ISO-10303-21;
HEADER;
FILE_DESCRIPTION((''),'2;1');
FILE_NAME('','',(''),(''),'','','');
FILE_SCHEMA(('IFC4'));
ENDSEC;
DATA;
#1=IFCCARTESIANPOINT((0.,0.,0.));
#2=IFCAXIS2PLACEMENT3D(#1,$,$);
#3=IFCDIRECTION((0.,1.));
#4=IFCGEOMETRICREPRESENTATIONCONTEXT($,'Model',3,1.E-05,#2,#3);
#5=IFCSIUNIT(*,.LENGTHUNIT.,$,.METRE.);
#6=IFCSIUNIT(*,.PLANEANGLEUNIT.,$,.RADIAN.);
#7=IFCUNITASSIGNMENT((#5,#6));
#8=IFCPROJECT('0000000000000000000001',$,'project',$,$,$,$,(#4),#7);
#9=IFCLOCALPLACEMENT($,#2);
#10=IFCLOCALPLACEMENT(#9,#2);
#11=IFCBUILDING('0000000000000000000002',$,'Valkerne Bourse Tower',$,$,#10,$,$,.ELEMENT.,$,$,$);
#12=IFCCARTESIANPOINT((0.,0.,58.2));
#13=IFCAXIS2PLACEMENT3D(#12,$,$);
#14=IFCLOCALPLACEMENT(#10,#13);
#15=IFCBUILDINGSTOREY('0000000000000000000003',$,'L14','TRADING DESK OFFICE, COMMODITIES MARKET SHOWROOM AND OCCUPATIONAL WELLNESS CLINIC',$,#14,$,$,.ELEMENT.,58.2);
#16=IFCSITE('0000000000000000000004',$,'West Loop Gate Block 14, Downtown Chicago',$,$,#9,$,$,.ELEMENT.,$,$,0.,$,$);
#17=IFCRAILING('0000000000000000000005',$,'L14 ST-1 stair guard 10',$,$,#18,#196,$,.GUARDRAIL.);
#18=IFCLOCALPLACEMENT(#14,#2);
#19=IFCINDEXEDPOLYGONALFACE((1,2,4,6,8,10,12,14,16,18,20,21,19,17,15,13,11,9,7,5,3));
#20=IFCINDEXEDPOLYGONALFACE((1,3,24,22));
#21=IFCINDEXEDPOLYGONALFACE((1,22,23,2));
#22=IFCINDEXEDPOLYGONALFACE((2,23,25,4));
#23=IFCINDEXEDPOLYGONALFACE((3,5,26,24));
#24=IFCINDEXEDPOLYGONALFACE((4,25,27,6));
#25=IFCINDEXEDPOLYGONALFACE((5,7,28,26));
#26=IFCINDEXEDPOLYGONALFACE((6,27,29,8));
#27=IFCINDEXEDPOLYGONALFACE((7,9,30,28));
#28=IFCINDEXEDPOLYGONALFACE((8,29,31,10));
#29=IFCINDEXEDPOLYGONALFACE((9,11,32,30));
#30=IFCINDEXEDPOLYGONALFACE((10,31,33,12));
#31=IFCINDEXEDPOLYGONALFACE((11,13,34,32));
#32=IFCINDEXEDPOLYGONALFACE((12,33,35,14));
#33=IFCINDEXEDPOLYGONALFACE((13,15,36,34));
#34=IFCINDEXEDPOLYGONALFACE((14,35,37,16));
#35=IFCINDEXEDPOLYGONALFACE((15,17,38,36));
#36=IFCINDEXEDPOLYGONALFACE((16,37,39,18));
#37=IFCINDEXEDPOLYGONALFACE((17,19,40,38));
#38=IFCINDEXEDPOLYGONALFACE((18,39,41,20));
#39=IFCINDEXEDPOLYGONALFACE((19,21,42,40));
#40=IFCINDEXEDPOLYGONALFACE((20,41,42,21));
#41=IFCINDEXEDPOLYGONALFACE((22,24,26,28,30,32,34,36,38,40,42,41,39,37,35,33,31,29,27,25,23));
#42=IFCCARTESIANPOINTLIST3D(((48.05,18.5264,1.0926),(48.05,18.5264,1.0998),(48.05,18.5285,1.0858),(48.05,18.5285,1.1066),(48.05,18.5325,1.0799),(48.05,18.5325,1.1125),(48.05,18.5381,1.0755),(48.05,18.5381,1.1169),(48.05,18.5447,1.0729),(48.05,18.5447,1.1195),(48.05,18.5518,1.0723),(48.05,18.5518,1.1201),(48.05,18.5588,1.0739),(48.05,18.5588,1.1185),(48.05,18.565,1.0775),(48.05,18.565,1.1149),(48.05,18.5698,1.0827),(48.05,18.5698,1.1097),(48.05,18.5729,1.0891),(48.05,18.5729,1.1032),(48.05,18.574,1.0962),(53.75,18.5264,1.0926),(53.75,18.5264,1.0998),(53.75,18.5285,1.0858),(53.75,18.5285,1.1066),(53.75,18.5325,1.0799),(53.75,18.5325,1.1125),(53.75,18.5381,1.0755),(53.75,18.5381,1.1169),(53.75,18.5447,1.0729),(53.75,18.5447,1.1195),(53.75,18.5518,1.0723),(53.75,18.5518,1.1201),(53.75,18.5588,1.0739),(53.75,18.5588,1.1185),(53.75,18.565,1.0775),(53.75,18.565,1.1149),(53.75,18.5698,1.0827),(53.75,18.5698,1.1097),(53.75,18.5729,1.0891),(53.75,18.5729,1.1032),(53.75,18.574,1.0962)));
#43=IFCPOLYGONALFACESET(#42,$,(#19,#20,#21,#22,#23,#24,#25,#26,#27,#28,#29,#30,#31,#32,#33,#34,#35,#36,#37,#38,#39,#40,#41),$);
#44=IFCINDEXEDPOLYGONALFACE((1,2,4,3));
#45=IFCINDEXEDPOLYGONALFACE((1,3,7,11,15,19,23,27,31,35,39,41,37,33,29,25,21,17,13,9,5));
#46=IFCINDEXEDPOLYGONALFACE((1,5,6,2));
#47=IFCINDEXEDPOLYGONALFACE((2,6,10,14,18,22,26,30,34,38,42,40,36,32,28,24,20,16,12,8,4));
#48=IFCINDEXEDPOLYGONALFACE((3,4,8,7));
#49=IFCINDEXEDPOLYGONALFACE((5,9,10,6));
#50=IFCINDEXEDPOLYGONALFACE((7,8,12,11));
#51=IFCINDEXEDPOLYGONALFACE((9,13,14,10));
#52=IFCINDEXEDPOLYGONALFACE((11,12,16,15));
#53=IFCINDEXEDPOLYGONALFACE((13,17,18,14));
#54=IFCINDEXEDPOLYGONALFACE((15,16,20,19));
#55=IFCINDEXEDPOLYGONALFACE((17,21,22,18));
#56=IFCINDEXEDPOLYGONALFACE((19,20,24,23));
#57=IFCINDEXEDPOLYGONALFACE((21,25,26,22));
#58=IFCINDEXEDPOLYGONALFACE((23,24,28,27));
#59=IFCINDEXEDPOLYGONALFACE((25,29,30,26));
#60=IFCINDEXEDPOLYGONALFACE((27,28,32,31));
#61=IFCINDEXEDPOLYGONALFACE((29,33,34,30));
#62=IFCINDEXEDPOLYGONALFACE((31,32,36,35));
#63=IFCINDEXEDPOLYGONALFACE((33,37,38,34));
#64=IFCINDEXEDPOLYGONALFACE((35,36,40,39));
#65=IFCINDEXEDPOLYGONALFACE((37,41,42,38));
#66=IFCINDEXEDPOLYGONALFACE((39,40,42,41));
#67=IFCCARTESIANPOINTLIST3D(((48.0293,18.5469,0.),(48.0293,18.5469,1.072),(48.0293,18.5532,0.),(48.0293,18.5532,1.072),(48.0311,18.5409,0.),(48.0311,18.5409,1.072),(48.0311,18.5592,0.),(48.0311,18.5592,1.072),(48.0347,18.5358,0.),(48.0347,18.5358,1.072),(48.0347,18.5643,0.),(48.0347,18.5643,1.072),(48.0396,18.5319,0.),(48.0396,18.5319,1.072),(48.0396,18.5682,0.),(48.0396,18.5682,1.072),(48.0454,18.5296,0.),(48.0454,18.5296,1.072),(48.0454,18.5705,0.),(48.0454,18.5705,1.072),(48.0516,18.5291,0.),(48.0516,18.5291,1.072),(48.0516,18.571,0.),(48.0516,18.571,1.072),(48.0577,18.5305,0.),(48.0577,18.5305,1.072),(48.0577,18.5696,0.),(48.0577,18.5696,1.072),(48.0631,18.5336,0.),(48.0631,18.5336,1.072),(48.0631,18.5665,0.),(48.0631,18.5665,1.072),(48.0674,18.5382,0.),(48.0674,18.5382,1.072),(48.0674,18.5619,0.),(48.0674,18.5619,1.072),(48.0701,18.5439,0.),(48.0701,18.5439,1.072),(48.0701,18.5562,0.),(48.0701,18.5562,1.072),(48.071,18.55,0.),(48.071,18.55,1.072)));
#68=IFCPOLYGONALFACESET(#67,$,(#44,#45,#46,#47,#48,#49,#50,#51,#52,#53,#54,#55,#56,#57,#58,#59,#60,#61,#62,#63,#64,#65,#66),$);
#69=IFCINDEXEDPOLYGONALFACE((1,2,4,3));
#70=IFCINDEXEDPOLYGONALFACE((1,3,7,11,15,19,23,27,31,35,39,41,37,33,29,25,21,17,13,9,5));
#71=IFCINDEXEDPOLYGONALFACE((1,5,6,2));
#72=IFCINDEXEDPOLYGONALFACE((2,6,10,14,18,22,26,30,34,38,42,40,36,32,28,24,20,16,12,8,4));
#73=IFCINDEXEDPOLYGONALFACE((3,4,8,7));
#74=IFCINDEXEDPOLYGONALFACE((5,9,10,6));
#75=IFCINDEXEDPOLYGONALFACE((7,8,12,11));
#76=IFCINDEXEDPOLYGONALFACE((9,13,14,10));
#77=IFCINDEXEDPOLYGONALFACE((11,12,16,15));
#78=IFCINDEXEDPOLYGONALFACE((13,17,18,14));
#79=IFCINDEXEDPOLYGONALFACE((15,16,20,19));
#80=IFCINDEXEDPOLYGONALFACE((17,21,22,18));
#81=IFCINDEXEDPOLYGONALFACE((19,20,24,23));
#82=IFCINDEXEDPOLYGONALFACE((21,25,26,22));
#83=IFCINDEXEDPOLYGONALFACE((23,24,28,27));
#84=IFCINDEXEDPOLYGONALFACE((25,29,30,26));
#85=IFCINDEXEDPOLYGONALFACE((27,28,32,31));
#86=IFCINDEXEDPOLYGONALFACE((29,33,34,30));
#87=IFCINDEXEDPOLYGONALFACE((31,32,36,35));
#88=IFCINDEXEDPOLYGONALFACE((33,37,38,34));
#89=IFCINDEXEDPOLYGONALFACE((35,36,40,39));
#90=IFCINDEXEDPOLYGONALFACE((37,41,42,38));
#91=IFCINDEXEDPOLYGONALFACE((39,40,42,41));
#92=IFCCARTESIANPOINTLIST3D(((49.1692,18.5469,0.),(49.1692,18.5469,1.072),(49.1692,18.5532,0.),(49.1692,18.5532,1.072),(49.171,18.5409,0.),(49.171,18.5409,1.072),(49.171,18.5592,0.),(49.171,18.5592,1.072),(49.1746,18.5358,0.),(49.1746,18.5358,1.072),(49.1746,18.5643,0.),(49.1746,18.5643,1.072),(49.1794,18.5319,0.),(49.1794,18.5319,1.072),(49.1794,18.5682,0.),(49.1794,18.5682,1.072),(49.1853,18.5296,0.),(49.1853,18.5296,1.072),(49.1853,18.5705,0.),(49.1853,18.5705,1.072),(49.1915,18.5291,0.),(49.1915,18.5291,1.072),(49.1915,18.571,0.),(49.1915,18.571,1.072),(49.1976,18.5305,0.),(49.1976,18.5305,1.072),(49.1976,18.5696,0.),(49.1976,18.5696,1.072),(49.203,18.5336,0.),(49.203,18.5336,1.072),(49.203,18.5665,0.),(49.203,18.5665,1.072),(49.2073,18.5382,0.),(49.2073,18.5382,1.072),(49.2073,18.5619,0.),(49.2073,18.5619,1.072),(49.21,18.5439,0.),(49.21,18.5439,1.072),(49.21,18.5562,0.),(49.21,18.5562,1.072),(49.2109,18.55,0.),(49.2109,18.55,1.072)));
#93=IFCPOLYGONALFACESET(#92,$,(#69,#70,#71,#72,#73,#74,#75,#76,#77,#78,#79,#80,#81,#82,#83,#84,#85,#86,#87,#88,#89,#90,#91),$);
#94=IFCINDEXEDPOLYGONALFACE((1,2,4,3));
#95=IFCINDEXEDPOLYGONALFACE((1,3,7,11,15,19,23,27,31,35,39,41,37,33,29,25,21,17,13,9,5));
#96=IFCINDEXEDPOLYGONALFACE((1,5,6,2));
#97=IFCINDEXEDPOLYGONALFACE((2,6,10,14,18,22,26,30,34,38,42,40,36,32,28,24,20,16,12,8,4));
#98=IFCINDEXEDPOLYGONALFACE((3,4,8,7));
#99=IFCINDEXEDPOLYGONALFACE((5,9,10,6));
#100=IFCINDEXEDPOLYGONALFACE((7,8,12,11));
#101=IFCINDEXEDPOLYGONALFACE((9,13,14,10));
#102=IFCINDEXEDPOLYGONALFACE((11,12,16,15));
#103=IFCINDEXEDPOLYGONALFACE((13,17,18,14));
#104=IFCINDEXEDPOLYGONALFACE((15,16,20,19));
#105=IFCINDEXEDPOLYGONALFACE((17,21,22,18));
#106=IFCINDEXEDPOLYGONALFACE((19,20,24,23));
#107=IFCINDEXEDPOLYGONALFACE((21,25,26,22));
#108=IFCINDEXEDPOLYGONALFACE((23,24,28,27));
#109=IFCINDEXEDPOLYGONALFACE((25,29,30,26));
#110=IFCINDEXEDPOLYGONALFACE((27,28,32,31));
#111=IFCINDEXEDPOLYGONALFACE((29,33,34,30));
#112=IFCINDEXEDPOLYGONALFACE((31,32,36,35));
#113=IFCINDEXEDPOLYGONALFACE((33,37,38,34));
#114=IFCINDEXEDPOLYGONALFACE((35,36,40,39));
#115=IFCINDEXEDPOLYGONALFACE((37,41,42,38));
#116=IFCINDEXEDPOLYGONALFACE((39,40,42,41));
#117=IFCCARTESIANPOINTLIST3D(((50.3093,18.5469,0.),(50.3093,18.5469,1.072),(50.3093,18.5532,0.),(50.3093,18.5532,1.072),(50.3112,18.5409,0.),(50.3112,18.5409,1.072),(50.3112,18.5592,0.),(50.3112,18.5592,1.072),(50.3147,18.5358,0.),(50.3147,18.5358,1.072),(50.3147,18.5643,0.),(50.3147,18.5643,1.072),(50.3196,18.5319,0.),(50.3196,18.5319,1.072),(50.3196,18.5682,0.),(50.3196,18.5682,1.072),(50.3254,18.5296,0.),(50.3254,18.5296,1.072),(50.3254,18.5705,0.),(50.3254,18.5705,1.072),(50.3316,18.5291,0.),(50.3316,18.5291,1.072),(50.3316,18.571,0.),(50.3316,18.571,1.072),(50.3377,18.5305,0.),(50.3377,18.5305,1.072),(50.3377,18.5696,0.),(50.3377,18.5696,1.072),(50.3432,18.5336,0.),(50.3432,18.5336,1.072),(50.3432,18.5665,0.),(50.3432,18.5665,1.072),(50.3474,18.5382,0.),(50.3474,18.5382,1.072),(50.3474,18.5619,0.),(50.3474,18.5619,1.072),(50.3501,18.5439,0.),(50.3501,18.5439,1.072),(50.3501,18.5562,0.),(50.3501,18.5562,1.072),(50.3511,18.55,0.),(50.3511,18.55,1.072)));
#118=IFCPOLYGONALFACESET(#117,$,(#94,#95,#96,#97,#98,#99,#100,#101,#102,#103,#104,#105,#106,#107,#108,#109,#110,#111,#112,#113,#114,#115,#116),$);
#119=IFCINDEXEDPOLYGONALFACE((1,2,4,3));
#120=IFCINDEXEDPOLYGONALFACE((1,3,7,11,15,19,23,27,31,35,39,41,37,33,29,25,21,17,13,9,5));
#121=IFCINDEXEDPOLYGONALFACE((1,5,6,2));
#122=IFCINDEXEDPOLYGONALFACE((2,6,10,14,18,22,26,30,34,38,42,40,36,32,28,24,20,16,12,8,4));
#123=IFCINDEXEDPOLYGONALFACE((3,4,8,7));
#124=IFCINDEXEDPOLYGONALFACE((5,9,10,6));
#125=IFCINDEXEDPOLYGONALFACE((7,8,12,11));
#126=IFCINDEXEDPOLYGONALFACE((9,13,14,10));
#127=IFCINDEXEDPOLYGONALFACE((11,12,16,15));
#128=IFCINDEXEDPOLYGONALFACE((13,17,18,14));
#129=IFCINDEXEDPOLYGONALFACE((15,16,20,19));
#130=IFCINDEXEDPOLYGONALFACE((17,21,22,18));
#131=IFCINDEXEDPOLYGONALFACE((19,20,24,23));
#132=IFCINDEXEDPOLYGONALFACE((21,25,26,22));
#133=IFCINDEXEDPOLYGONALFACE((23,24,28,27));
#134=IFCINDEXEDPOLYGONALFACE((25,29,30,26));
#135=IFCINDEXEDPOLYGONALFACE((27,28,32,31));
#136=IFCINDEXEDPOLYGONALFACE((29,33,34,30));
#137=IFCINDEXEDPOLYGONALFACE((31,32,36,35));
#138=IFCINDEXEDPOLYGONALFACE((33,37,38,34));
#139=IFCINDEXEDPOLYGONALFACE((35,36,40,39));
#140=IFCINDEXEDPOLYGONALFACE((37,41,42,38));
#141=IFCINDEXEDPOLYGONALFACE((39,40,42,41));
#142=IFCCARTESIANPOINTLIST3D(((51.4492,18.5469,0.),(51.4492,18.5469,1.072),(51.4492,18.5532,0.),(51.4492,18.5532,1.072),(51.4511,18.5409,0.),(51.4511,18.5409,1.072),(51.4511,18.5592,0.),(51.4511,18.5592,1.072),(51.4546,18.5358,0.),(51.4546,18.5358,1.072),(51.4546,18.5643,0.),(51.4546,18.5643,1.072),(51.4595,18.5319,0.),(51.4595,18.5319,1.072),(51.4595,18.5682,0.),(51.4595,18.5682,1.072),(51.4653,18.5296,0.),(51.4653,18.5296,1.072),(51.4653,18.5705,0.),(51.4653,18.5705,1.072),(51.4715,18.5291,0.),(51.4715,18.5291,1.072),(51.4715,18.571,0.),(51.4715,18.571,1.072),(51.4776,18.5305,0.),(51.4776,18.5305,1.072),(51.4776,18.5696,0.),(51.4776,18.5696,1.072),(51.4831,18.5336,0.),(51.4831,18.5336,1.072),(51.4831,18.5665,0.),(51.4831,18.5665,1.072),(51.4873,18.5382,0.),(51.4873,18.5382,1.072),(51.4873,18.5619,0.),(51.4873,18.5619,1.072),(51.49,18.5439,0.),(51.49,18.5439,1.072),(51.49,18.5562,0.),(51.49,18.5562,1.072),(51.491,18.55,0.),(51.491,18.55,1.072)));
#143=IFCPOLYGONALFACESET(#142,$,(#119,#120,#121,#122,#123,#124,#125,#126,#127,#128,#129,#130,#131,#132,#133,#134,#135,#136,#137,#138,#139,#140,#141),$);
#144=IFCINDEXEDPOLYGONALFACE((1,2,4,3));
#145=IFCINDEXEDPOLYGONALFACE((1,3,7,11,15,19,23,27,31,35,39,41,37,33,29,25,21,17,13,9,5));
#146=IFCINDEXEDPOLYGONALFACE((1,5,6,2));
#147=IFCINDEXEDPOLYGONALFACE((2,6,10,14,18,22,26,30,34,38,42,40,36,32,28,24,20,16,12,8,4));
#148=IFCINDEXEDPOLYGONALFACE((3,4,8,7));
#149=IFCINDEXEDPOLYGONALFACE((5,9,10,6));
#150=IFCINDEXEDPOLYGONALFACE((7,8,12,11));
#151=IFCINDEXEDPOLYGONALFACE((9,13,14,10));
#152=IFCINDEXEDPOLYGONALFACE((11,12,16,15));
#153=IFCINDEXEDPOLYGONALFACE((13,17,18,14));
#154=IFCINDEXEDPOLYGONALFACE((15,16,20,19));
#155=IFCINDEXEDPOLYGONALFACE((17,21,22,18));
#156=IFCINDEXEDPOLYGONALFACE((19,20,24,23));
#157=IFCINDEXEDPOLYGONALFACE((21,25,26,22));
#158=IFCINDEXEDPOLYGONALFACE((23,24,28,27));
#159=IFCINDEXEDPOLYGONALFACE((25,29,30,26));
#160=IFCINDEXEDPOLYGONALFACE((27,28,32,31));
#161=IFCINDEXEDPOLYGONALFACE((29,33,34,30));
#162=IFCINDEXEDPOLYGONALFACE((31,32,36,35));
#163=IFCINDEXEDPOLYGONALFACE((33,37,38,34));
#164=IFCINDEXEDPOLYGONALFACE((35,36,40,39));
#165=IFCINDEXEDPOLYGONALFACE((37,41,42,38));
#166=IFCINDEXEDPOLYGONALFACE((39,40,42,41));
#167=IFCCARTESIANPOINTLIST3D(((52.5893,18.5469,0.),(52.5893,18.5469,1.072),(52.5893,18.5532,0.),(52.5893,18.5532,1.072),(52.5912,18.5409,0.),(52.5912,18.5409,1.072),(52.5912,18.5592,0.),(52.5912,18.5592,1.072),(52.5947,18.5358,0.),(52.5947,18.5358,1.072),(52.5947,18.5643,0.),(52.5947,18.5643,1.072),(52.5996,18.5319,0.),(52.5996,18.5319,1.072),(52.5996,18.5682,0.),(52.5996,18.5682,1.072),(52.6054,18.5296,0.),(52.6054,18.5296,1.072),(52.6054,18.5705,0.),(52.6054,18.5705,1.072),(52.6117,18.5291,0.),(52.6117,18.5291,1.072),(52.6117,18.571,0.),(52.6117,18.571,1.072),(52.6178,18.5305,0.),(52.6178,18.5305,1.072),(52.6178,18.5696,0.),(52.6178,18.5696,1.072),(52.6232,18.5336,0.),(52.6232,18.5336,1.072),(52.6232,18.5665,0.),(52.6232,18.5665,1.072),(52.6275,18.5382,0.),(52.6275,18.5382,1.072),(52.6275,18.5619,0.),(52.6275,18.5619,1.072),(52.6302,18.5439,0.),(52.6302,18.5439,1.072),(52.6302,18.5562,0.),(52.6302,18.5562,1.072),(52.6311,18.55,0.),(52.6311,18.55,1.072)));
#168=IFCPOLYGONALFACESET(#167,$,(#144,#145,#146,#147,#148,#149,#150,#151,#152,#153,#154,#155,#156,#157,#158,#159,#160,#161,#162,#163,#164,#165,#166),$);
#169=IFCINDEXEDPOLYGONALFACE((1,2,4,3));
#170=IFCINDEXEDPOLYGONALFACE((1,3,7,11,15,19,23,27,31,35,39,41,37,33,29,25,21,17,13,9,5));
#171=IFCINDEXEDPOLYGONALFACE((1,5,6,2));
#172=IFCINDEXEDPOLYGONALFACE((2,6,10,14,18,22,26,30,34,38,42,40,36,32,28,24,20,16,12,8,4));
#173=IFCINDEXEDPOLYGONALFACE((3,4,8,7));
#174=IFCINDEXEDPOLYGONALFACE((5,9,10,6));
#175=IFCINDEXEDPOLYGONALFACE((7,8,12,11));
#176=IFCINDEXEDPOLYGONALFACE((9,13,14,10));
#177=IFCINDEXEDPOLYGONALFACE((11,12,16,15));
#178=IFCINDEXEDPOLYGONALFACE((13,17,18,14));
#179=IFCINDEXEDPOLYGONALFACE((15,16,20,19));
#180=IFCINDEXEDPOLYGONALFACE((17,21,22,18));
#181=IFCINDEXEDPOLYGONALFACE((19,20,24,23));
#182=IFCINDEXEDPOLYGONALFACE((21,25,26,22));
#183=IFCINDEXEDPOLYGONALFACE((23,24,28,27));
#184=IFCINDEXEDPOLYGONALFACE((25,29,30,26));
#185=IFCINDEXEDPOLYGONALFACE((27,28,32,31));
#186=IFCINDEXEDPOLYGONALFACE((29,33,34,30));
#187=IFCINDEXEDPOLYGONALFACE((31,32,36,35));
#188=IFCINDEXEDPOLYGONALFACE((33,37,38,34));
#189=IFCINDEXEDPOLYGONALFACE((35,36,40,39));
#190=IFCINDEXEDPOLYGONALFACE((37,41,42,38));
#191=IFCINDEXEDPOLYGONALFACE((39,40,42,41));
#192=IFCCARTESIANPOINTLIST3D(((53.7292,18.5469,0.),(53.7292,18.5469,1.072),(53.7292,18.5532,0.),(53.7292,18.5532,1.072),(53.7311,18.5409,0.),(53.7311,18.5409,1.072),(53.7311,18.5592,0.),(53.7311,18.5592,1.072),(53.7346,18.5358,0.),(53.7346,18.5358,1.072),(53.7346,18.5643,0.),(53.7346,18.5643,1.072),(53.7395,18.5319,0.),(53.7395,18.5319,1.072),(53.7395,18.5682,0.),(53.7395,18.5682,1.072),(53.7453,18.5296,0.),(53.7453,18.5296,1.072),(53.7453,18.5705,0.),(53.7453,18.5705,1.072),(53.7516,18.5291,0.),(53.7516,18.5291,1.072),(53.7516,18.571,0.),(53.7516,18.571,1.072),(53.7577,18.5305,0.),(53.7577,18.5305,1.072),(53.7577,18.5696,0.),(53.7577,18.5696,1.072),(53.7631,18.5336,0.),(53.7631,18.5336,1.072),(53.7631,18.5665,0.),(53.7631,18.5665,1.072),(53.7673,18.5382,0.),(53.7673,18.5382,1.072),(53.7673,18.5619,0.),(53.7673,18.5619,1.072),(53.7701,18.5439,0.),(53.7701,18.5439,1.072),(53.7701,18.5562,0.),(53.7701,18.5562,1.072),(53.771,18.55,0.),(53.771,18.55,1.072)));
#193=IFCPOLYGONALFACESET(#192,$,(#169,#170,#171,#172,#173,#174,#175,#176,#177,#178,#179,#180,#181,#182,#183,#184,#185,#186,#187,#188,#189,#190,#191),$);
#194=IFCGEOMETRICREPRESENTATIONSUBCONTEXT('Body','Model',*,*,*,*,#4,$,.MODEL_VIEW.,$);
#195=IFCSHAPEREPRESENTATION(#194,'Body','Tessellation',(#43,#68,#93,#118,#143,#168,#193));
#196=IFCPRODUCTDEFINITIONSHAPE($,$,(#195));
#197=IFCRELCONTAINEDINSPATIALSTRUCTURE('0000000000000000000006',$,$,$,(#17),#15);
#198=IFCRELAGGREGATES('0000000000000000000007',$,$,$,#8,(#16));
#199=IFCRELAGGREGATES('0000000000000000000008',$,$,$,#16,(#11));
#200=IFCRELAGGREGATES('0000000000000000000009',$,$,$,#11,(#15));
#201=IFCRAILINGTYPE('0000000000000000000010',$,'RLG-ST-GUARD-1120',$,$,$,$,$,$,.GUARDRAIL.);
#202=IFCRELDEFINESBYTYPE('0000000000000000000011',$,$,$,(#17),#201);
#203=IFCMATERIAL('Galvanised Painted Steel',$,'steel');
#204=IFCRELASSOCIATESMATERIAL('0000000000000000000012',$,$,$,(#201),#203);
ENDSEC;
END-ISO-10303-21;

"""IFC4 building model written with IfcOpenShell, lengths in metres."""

from ifc_helpers import new_model, si_unit, direction, frame, origin, origin_2d, place, context, subcontext, project, spatial, circle, extrude, material, type_object, element, save


model = new_model("IFC4")

# Units and contexts
model_context = context("Model", 3, precision=1e-05, world=origin(), true_north=direction((0.0, 1.0)))
body_context = subcontext(model_context, "Body", "Model", "MODEL_VIEW")
ifc_project = project(units=[si_unit("LENGTHUNIT", "METRE"), si_unit("PLANEANGLEUNIT", "RADIAN")], contexts=[model_context])

# Site, building, storey
site_placement = place(None, origin())
site = spatial("IfcSite", under=ifc_project, at=site_placement, Name="West Loop Gate Block 14, Downtown Chicago", CompositionType="ELEMENT", RefElevation=0.0)
building_placement = place(site_placement, origin())
building = spatial("IfcBuilding", under=site, at=building_placement, Name="Valkerne Bourse Tower", CompositionType="ELEMENT")
storey_placement = place(building_placement, frame((0.0, 0.0, 58.2)))
storey = spatial("IfcBuildingStorey", under=building, at=storey_placement, Name="L14", Description="TRADING DESK OFFICE, COMMODITIES MARKET SHOWROOM AND OCCUPATIONAL WELLNESS CLINIC", CompositionType="ELEMENT", Elevation=58.2)

# Shared definitions
ifc_material_1 = material(Name="Galvanised Painted Steel", Category="steel")

# Railing
railing_type = type_object("IfcRailingType", Name="RLG-ST-GUARD-1120", PredefinedType="GUARDRAIL", material=ifc_material_1)
railing_placement = place(storey_placement, frame((48.05, 18.55, 0.0)))
element("IfcRailing", 1, at=railing_placement, inside=storey, type_object=railing_type, Name="L14 ST-1 stair guard 10", PredefinedType="GUARDRAIL", context=body_context, shape_type="SweptSolid", body=[
    extrude(circle(Radius=0.0239, at=origin_2d()), frame((0.0, 0.0, 1.0962), z_axis=(1.0, 0.0, 0.0), x_axis=(0.0, 1.0, 0.0)), (0.0, 0.0, 1.0), 5.7),
    extrude(circle(Radius=0.021, at=origin_2d()), origin(), (0.0, 0.0, 1.0), 1.072),
    extrude(circle(Radius=0.021, at=origin_2d()), frame((1.1399, 0.0, 0.0)), (0.0, 0.0, 1.0), 1.072),
    extrude(circle(Radius=0.021, at=origin_2d()), frame((2.28, 0.0, 0.0)), (0.0, 0.0, 1.0), 1.072),
    extrude(circle(Radius=0.021, at=origin_2d()), frame((3.4199, 0.0, 0.0)), (0.0, 0.0, 1.0), 1.072),
    extrude(circle(Radius=0.021, at=origin_2d()), frame((4.5601, 0.0, 0.0)), (0.0, 0.0, 1.0), 1.072),
    extrude(circle(Radius=0.021, at=origin_2d()), frame((5.7, 0.0, 0.0)), (0.0, 0.0, 1.0), 1.072),
])

save(model, "model.ifc")
